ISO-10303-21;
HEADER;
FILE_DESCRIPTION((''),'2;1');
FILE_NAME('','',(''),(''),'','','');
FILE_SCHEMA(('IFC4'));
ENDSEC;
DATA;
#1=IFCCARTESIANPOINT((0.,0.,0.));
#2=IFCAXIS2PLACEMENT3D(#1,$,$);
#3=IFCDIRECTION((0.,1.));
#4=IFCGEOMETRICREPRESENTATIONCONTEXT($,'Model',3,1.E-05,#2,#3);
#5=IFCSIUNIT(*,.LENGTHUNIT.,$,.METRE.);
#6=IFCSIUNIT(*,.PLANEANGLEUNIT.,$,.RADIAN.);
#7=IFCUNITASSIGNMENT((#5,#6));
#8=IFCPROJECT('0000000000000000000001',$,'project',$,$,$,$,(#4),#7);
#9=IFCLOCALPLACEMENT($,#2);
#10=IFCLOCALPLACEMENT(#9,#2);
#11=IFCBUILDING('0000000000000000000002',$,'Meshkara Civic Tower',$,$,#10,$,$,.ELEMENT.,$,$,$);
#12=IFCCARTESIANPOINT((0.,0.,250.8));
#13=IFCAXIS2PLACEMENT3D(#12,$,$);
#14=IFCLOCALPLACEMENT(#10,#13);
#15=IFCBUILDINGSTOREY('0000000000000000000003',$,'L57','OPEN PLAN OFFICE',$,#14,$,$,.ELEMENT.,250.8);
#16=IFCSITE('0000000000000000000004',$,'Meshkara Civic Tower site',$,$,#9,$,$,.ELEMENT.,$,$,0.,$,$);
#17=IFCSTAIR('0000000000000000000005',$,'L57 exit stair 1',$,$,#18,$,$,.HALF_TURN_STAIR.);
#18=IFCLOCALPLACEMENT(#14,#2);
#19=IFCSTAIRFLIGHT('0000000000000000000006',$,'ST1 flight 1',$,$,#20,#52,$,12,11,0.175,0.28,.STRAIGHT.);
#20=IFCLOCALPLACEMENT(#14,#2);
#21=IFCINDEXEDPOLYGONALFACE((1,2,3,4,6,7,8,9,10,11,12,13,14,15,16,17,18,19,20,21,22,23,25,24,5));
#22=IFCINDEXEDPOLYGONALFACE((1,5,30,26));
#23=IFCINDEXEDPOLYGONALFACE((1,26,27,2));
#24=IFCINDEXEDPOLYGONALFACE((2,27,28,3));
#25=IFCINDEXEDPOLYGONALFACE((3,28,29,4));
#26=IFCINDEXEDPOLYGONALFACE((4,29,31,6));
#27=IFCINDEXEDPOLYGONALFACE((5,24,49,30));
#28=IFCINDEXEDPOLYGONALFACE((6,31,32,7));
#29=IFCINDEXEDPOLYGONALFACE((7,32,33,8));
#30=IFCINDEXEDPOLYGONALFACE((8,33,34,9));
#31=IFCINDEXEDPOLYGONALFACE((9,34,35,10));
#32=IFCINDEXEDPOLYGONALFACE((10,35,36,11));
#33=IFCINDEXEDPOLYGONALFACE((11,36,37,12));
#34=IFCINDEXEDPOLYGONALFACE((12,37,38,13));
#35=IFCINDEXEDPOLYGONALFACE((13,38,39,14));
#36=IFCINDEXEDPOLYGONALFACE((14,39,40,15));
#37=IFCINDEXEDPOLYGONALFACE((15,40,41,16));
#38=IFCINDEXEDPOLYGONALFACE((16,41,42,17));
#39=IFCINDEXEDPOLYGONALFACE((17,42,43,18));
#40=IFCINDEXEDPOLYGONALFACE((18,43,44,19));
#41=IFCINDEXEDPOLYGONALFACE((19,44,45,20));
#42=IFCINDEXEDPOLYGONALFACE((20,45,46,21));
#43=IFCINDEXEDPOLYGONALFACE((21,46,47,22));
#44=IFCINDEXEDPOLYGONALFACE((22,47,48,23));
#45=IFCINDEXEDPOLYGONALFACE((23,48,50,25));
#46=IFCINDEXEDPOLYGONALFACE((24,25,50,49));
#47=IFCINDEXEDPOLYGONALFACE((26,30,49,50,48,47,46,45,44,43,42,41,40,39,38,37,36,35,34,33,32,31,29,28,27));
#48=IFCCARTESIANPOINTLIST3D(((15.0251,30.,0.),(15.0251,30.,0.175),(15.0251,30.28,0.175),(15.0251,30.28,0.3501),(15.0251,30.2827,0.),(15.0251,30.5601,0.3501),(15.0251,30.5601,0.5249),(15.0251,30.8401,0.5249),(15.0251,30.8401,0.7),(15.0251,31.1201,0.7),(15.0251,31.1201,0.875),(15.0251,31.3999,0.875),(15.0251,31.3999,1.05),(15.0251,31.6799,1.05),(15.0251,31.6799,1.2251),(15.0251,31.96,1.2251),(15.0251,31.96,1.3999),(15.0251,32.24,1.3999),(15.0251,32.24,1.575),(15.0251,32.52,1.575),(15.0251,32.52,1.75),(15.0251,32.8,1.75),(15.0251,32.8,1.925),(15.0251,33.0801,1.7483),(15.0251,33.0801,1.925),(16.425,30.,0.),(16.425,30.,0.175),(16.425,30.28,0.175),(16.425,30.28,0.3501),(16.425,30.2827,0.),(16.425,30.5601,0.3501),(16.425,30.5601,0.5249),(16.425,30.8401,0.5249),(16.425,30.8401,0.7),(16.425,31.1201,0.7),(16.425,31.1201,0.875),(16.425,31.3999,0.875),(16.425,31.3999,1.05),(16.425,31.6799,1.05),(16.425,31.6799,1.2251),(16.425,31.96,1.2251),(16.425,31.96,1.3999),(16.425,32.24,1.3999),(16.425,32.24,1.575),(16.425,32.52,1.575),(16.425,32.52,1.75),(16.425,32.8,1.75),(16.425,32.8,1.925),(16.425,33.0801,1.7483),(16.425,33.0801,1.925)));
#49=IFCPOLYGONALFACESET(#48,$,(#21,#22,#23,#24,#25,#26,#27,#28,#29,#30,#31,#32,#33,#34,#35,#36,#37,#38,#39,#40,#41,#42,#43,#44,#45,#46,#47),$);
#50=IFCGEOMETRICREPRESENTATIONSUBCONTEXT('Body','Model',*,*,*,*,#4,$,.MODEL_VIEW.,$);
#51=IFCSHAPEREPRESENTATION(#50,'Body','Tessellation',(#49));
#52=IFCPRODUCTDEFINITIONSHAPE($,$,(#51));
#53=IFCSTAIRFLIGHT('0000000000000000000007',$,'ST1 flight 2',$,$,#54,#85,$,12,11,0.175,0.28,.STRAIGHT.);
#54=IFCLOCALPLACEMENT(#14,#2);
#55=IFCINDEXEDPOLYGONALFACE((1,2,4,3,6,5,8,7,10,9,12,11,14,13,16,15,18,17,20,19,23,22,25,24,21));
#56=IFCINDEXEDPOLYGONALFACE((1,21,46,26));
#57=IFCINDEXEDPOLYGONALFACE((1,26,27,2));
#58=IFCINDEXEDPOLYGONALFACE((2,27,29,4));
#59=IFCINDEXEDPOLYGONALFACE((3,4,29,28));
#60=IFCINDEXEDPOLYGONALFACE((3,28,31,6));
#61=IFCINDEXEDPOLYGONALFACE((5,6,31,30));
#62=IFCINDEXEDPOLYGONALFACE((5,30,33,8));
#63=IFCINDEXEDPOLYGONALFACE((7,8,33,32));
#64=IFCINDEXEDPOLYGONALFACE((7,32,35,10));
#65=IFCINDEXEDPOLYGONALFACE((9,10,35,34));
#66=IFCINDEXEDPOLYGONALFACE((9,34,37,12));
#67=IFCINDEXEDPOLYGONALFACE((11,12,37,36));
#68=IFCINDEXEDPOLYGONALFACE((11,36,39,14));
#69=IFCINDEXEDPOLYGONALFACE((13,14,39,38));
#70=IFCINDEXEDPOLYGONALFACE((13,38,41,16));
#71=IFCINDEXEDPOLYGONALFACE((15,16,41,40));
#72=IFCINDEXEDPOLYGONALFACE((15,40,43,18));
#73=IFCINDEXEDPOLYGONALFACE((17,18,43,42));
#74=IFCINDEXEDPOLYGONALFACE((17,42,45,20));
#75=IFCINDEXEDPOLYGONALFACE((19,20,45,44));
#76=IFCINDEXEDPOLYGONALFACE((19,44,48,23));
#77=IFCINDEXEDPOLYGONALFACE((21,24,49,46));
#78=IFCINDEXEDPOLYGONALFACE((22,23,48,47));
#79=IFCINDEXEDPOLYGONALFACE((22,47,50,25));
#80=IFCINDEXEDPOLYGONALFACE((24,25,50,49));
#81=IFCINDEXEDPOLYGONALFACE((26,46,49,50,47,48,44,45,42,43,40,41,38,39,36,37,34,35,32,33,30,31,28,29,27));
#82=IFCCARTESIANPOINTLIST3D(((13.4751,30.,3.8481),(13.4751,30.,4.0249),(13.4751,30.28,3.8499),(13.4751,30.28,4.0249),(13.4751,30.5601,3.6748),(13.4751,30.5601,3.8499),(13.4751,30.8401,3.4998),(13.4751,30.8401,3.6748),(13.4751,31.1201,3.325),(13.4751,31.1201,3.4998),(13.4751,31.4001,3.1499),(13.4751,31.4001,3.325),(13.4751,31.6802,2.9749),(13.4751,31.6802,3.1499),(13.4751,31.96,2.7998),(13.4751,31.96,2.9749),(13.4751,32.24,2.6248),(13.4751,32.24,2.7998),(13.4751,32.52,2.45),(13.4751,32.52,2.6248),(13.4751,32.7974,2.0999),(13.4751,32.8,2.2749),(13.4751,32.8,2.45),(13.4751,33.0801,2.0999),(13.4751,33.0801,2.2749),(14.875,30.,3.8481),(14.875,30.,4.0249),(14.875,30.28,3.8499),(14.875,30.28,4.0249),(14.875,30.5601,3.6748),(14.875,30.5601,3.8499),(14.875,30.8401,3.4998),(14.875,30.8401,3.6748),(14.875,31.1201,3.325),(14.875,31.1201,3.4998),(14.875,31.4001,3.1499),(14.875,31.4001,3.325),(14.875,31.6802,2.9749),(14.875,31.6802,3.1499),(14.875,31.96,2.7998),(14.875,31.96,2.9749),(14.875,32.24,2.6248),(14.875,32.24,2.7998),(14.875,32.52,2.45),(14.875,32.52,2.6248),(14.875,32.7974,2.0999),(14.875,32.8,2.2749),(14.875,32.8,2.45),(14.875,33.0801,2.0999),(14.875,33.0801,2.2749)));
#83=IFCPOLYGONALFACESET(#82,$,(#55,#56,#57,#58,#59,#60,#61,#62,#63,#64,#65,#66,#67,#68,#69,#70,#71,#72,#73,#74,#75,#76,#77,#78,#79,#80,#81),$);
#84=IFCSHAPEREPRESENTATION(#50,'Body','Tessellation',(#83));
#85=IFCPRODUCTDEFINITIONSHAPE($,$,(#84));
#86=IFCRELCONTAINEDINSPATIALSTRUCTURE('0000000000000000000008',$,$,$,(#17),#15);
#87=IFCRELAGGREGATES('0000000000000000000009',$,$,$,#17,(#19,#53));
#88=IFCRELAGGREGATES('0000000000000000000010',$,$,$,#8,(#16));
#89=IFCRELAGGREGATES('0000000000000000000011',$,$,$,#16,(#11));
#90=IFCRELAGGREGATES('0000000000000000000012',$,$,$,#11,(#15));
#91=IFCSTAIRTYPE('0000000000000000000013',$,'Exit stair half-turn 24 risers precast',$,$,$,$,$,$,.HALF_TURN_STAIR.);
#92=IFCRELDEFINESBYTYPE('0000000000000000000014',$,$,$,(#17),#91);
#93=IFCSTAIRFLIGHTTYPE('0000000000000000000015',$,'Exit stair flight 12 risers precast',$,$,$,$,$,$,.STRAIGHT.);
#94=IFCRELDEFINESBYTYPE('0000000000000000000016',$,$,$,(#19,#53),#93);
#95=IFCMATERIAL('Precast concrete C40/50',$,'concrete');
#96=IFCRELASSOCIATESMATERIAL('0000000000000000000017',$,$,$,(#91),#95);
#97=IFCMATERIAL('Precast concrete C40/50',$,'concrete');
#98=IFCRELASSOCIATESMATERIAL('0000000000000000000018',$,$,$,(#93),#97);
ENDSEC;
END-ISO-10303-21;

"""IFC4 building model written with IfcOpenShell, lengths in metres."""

from ifc_helpers import new_model, si_unit, direction, frame, origin, place, context, subcontext, project, spatial, polyline, outline, extrude, material, type_object, element, aggregate, save


model = new_model("IFC4")

# Units and contexts
model_context = context("Model", 3, precision=1e-05, world=origin(), true_north=direction((0.0, 1.0)))
body_context = subcontext(model_context, "Body", "Model", "MODEL_VIEW")
ifc_project = project(units=[si_unit("LENGTHUNIT", "METRE"), si_unit("PLANEANGLEUNIT", "RADIAN")], contexts=[model_context])

# Site, building, storey
site_placement = place(None, origin())
site = spatial("IfcSite", under=ifc_project, at=site_placement, Name="Meshkara Civic Tower site", CompositionType="ELEMENT", RefElevation=0.0)
building_placement = place(site_placement, origin())
building = spatial("IfcBuilding", under=site, at=building_placement, Name="Meshkara Civic Tower", CompositionType="ELEMENT")
storey_placement = place(building_placement, frame((0.0, 0.0, 250.8)))
storey = spatial("IfcBuildingStorey", under=building, at=storey_placement, Name="L57", Description="OPEN PLAN OFFICE", CompositionType="ELEMENT", Elevation=250.8)

# Stair, stair flights
ifc_material_1 = material(Name="Precast concrete C40/50", Category="concrete")
stair_type = type_object("IfcStairType", Name="Exit stair half-turn 24 risers precast", PredefinedType="HALF_TURN_STAIR", material=ifc_material_1)
stair_placement = place(storey_placement, origin())
stair = element("IfcStair", 1, at=stair_placement, inside=storey, type_object=stair_type, Name="L57 exit stair 1", PredefinedType="HALF_TURN_STAIR")
ifc_material_2 = material(Name="Precast concrete C40/50", Category="concrete")
stair_flight_type = type_object("IfcStairFlightType", Name="Exit stair flight 12 risers precast", PredefinedType="STRAIGHT", material=ifc_material_2)
stair_flight_1_placement = place(storey_placement, frame((15.7251, 30.0, 0.0), z_axis=(0.0, 0.0, 1.0), x_axis=(0.0, 1.0, 0.0)))
stair_flight_1 = element("IfcStairFlight", 2, at=stair_flight_1_placement, type_object=stair_flight_type, Name="ST1 flight 1", NumberOfRisers=12, NumberOfTreads=11, PredefinedType="STRAIGHT", RiserHeight=0.175, TreadLength=0.28, context=body_context, shape_type="SweptSolid", body=[
    extrude(outline(polyline([(0.0, 0.0), (0.0, 0.175), (0.28, 0.175), (0.28, 0.3501), (0.5601, 0.3501), (0.5601, 0.5249), (0.8401, 0.5249), (0.8401, 0.7), (1.1201, 0.7), (1.1201, 0.875), (1.3999, 0.875), (1.3999, 1.05), (1.6799, 1.05), (1.6799, 1.2251), (1.96, 1.2251), (1.96, 1.3999), (2.24, 1.3999), (2.24, 1.575), (2.52, 1.575), (2.52, 1.75), (2.8, 1.75), (2.8, 1.925), (3.0801, 1.925), (3.0801, 2.1001), (3.0801, 1.7483), (0.2827, 0.0), (0.0, 0.0)])), frame((0.0, 0.7, 0.0), z_axis=(0.0, -1.0, 0.0), x_axis=(1.0, 0.0, 0.0)), (0.0, 0.0, 1.0), 1.3999),
])
stair_flight_2_placement = place(storey_placement, frame((14.175, 33.0801, 2.0999), z_axis=(0.0, 0.0, 1.0), x_axis=(0.0, -1.0, 0.0)))
stair_flight_2 = element("IfcStairFlight", 3, at=stair_flight_2_placement, type_object=stair_flight_type, Name="ST1 flight 2", NumberOfRisers=12, NumberOfTreads=11, PredefinedType="STRAIGHT", RiserHeight=0.175, TreadLength=0.28, context=body_context, shape_type="SweptSolid", body=[
    extrude(outline(polyline([(0.0, 0.0), (0.0, 0.175), (0.28, 0.175), (0.28, 0.3501), (0.5601, 0.3501), (0.5601, 0.5249), (0.8401, 0.5249), (0.8401, 0.7), (1.1201, 0.7), (1.1201, 0.875), (1.3999, 0.875), (1.3999, 1.05), (1.6799, 1.05), (1.6799, 1.2251), (1.96, 1.2251), (1.96, 1.3999), (2.24, 1.3999), (2.24, 1.575), (2.52, 1.575), (2.52, 1.75), (2.8, 1.75), (2.8, 1.925), (3.0801, 1.925), (3.0801, 2.1001), (3.0801, 1.7483), (0.2827, 0.0), (0.0, 0.0)])), frame((0.0, 0.7, 0.0), z_axis=(0.0, -1.0, 0.0), x_axis=(1.0, 0.0, 0.0)), (0.0, 0.0, 1.0), 1.3999),
])
aggregate(stair, [stair_flight_1, stair_flight_2])

save(model, "model.ifc")
